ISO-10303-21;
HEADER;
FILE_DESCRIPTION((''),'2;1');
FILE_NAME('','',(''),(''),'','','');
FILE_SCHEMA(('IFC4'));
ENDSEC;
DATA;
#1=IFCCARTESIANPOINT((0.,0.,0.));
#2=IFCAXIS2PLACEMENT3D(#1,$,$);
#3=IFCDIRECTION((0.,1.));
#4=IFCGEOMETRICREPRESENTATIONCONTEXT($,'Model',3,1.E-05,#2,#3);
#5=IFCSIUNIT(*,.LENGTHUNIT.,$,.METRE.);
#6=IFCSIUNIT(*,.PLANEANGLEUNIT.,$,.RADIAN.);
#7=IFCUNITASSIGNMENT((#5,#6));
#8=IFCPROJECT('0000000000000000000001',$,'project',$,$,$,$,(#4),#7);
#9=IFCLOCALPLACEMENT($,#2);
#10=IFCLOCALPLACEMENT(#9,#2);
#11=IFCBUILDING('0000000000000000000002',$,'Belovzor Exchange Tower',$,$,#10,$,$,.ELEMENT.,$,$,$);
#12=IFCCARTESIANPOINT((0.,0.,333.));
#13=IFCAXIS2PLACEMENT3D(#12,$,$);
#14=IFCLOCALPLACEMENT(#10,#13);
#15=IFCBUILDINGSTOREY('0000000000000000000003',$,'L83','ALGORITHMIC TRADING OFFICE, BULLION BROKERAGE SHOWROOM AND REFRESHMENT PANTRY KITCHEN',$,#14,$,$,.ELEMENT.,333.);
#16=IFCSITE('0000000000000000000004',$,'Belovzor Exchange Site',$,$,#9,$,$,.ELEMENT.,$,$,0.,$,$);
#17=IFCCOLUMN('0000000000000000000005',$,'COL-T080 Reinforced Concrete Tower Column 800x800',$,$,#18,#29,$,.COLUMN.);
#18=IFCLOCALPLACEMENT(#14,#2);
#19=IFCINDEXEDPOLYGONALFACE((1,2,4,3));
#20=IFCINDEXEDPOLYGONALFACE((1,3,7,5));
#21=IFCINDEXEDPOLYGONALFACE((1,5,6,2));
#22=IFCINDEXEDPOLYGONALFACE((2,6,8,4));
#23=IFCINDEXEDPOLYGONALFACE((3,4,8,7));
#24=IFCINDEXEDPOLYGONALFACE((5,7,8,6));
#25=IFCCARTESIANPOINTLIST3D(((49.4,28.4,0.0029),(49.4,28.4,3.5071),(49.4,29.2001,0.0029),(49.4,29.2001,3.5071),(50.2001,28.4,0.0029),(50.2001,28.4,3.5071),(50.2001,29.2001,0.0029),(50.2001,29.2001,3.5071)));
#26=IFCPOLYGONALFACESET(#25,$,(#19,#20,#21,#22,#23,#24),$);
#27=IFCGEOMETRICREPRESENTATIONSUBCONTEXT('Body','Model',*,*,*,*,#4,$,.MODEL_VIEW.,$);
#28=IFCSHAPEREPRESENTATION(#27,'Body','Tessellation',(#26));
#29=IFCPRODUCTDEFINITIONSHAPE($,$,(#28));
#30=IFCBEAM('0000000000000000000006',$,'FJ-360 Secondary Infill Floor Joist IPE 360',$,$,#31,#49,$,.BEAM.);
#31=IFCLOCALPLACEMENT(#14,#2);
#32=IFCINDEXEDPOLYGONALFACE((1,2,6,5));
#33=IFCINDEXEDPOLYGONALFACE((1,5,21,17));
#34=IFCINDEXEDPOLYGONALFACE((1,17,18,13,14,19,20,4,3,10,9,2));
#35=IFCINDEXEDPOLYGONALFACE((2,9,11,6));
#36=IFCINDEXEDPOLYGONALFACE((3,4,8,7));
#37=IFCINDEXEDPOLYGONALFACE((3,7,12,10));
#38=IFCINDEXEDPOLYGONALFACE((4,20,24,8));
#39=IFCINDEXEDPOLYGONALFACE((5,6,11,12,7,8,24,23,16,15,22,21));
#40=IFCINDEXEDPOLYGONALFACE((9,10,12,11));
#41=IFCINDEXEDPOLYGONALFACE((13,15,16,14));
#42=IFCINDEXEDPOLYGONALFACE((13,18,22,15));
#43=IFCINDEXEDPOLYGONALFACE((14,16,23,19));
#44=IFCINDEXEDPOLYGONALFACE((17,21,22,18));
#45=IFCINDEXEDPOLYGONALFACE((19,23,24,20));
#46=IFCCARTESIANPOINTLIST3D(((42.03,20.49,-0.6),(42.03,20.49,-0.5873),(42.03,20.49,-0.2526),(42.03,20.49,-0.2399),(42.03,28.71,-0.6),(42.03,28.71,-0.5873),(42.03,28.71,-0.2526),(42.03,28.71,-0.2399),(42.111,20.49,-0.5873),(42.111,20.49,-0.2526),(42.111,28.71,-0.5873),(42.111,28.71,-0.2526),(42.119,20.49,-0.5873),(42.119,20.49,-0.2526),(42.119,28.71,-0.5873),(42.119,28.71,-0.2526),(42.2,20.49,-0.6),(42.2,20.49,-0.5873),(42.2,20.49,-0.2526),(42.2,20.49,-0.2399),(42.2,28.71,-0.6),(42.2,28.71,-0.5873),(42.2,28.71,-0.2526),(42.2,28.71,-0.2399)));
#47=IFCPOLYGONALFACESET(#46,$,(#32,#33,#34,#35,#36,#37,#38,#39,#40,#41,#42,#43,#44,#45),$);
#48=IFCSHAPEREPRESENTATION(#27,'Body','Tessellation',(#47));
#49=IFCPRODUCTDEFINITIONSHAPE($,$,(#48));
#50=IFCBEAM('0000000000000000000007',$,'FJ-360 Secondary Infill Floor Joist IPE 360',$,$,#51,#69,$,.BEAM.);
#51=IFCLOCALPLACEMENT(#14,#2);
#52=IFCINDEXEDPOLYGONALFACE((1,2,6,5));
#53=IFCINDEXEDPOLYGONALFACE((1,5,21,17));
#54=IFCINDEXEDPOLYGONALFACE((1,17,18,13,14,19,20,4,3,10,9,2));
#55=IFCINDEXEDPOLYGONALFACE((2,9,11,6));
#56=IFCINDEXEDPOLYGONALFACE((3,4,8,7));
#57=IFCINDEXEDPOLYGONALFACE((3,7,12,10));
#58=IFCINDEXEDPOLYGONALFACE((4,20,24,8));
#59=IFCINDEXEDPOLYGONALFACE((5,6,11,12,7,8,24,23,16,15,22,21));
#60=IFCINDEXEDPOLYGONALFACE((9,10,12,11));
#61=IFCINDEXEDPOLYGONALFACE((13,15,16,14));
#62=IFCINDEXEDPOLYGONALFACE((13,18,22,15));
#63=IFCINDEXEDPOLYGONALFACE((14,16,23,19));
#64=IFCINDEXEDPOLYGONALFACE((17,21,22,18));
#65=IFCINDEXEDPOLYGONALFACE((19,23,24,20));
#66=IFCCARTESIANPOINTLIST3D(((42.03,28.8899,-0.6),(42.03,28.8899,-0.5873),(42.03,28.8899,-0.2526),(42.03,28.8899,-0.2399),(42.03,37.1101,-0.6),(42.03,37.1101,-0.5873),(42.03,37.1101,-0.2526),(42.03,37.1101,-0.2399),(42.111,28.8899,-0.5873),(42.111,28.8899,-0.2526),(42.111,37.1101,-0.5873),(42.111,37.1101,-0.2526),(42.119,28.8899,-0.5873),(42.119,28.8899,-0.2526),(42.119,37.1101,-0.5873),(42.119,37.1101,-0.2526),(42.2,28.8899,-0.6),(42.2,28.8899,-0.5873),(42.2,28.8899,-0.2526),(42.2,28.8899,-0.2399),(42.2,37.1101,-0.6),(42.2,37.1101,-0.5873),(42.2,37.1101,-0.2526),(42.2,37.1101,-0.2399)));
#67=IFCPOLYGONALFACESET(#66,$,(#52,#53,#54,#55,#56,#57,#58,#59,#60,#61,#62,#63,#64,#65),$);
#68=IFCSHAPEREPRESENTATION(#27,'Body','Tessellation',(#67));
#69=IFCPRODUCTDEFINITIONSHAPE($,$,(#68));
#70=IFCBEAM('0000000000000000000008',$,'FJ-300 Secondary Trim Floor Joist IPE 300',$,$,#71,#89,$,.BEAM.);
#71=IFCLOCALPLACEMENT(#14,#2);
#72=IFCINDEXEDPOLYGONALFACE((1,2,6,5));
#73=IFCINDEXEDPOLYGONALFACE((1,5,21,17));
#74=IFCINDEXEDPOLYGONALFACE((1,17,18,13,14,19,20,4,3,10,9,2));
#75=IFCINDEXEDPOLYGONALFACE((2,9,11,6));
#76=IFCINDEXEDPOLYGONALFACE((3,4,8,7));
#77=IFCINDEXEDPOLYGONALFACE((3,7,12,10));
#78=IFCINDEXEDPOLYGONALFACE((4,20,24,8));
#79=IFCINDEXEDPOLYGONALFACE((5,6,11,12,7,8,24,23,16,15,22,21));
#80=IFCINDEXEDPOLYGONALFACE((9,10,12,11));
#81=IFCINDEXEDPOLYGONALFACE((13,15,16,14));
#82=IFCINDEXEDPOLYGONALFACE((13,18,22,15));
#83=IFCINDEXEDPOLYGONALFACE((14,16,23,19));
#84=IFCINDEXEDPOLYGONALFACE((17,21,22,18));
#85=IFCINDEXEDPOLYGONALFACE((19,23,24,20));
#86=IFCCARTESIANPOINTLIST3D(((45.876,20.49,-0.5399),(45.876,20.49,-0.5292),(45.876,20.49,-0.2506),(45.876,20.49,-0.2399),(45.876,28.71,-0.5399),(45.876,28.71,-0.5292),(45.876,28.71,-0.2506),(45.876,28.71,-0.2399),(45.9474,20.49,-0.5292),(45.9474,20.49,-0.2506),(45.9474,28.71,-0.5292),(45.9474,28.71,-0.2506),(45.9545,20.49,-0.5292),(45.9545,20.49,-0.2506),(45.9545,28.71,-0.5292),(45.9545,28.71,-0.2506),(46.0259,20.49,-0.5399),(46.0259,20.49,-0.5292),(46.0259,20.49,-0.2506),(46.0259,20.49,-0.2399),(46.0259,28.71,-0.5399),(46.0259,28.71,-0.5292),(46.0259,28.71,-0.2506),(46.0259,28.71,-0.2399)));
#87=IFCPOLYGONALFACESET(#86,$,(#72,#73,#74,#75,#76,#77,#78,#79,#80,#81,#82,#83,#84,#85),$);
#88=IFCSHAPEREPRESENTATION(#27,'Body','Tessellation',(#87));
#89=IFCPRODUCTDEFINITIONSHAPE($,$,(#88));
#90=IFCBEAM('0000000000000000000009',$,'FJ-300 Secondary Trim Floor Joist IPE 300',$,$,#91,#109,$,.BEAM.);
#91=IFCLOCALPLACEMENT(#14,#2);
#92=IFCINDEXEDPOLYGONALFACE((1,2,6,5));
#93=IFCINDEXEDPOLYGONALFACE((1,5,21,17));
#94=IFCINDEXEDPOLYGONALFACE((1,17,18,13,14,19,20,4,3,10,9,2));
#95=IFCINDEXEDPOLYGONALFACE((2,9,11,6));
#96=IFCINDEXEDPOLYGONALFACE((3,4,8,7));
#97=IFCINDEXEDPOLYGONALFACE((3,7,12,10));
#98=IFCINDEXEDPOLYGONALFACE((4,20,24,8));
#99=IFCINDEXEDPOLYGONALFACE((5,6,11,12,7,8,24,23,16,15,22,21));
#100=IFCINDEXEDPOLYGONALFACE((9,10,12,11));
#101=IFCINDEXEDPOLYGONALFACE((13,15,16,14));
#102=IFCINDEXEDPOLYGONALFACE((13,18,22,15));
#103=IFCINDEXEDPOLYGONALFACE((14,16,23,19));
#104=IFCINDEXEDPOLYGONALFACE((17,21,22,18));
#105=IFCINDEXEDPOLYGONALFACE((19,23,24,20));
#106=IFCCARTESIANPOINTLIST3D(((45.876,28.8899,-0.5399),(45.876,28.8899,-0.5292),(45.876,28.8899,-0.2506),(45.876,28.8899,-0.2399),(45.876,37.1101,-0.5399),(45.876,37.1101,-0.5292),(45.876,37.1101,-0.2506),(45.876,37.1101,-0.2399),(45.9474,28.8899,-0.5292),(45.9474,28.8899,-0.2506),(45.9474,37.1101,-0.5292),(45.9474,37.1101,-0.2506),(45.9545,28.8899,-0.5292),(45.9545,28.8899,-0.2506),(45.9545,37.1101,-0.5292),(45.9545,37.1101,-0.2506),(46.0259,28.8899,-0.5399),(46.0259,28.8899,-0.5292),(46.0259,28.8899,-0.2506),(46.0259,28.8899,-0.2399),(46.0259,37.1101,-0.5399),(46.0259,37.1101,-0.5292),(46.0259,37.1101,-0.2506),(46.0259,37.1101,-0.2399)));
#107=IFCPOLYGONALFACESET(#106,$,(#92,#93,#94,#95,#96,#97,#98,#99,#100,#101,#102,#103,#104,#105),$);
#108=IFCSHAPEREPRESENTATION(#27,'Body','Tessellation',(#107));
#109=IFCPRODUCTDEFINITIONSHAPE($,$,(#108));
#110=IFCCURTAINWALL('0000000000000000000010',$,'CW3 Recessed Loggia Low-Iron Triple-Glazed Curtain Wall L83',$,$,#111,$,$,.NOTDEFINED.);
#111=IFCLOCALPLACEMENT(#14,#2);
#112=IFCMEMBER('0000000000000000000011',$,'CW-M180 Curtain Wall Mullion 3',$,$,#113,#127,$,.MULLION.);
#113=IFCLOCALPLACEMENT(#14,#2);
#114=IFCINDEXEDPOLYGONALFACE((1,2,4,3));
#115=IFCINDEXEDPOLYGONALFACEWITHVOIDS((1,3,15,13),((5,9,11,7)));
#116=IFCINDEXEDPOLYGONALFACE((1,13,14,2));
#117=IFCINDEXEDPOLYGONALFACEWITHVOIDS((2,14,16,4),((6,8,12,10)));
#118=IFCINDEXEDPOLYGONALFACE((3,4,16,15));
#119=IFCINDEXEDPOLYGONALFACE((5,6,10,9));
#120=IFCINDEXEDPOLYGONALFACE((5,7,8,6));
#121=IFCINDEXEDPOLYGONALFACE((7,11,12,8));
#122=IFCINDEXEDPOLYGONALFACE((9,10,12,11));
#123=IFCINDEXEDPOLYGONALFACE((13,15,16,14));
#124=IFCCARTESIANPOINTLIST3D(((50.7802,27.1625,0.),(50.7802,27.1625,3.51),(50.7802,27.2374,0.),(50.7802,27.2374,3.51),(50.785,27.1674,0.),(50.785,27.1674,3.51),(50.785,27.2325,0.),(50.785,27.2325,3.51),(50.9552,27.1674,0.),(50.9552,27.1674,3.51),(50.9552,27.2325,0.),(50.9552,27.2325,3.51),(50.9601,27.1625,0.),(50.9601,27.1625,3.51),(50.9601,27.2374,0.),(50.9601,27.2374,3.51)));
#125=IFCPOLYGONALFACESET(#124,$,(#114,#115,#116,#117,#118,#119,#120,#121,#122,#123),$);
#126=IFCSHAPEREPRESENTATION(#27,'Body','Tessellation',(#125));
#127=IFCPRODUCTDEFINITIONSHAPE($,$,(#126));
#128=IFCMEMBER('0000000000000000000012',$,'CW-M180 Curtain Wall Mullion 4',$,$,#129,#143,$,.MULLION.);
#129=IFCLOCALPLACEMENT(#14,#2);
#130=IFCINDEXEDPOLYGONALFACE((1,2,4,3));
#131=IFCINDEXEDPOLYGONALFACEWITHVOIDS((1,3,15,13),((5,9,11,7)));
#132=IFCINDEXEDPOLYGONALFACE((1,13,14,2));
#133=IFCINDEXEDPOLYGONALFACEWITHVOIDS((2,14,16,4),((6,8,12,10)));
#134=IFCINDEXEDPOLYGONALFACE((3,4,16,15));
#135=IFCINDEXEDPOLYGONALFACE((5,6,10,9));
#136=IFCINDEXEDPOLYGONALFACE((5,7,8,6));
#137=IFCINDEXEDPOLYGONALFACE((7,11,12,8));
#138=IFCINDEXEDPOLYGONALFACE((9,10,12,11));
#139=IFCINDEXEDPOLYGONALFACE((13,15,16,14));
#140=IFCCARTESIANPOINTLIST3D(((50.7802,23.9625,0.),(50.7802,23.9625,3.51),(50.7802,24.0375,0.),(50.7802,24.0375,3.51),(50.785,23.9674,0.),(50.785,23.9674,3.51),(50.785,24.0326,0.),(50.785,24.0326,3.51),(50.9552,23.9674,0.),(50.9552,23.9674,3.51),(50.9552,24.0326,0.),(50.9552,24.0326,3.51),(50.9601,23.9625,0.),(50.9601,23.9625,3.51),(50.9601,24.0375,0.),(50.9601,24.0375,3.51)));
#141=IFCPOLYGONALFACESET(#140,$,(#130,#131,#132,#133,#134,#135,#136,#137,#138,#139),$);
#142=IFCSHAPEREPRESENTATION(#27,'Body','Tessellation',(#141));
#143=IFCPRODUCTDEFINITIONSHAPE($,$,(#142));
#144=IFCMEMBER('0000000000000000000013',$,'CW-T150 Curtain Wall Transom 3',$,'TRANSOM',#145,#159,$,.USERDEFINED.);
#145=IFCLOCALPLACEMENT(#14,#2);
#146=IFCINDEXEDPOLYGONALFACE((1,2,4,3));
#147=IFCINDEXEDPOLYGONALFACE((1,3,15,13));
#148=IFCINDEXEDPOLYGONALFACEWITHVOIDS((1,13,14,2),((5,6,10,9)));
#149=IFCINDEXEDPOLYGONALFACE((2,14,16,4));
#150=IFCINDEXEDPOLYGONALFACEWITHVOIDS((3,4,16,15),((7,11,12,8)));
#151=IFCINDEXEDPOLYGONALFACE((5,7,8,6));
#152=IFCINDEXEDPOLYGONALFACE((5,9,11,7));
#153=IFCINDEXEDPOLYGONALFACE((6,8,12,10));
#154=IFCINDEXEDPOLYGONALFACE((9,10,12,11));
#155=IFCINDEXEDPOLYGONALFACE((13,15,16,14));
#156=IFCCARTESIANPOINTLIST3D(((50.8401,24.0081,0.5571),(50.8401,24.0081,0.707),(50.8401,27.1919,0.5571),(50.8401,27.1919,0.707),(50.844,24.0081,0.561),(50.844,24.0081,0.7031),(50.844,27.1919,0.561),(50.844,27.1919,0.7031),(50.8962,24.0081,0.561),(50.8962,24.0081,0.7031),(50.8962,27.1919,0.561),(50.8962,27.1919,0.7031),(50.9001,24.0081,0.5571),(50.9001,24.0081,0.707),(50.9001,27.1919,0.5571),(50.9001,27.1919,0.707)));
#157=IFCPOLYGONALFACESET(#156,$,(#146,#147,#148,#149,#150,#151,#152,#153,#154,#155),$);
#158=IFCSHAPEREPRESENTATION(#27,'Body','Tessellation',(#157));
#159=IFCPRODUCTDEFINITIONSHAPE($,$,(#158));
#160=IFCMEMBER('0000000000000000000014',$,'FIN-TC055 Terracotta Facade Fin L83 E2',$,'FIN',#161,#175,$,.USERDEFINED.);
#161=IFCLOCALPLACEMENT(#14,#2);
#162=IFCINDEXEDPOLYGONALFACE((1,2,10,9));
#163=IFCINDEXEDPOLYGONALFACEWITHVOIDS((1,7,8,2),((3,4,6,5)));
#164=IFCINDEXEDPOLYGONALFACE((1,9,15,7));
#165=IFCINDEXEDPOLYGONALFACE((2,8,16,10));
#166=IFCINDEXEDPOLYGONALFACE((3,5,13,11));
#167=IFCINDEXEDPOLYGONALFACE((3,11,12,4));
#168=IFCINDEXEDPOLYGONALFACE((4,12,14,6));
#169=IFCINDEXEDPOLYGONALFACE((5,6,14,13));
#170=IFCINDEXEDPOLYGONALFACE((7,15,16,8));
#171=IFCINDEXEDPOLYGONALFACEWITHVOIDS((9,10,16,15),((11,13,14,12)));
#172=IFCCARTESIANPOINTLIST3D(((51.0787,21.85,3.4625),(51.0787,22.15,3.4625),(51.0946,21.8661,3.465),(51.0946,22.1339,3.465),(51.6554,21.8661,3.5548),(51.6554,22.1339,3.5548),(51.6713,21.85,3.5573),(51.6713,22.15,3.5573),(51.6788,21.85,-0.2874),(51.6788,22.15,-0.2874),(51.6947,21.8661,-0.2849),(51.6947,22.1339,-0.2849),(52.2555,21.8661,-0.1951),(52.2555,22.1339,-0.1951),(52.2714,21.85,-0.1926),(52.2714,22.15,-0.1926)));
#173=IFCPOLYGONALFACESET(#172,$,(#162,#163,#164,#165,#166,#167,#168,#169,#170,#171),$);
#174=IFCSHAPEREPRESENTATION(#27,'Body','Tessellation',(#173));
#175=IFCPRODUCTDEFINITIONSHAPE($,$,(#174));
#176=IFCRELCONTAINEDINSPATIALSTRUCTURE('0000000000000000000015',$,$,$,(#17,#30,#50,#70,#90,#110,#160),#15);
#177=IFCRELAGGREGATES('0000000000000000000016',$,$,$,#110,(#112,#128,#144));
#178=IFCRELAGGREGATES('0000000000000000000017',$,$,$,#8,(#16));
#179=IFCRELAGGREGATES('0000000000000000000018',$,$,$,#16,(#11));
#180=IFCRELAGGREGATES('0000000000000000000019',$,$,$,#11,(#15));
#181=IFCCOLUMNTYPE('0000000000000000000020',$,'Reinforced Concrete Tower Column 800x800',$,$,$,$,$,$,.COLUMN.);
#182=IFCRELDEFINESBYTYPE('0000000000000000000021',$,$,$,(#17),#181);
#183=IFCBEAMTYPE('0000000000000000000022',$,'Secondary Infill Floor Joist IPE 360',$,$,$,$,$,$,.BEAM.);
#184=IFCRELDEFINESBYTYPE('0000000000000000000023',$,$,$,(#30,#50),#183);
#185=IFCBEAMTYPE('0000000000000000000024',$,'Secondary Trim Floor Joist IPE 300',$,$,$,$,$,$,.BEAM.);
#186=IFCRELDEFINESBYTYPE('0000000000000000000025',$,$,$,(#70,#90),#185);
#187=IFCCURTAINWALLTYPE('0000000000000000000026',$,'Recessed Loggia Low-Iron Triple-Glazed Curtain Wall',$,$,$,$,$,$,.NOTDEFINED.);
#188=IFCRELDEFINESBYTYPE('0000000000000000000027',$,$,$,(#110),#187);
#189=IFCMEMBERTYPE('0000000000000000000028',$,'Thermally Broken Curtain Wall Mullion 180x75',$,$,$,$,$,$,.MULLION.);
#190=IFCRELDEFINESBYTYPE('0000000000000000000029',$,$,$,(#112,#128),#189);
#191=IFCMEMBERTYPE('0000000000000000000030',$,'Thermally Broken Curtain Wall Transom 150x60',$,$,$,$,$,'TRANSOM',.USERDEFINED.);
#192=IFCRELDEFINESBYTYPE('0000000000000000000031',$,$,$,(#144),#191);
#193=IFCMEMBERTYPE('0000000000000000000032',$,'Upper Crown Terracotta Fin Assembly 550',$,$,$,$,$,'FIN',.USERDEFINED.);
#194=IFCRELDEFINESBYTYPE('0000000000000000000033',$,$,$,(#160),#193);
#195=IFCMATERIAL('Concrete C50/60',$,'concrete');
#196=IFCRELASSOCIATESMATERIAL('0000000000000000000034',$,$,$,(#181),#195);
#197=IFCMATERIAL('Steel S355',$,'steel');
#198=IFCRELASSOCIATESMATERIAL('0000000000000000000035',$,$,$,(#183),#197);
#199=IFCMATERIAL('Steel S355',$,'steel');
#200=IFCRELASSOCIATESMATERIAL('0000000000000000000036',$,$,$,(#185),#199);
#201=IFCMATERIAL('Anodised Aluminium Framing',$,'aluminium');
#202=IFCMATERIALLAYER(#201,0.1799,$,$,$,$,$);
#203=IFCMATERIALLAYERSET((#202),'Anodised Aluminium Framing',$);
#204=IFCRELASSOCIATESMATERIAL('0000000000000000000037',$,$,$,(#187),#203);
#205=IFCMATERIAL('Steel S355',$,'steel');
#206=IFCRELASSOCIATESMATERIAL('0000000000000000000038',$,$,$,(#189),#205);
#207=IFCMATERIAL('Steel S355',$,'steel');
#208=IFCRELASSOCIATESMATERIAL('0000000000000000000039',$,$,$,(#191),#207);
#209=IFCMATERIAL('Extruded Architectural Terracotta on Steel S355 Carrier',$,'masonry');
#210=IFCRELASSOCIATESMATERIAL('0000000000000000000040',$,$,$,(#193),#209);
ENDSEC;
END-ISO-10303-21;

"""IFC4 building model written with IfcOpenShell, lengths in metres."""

from ifc_helpers import new_model, si_unit, direction, frame, origin, origin_2d, place, context, subcontext, project, spatial, rectangle, hollow_rectangle, i_section, extrude, material, layer, layer_set, material_profile, profile_set, type_object, element, aggregate, save


model = new_model("IFC4")

# Units and contexts
model_context = context("Model", 3, precision=1e-05, world=origin(), true_north=direction((0.0, 1.0)))
body_context = subcontext(model_context, "Body", "Model", "MODEL_VIEW")
ifc_project = project(units=[si_unit("LENGTHUNIT", "METRE"), si_unit("PLANEANGLEUNIT", "RADIAN")], contexts=[model_context])

# Site, building, storey
site_placement = place(None, origin())
site = spatial("IfcSite", under=ifc_project, at=site_placement, Name="Belovzor Exchange Site", CompositionType="ELEMENT", RefElevation=0.0)
building_placement = place(site_placement, origin())
building = spatial("IfcBuilding", under=site, at=building_placement, Name="Belovzor Exchange Tower", CompositionType="ELEMENT")
storey_placement = place(building_placement, frame((0.0, 0.0, 333.0)))
storey = spatial("IfcBuildingStorey", under=building, at=storey_placement, Name="L83", Description="ALGORITHMIC TRADING OFFICE, BULLION BROKERAGE SHOWROOM AND REFRESHMENT PANTRY KITCHEN", CompositionType="ELEMENT", Elevation=333.0)

# Column
ifc_material_1 = material(Name="Concrete C50/60", Category="concrete")
ifc_material_profile_1 = material_profile(ifc_material_1, rectangle(XDim=0.8, YDim=0.8, at=origin_2d()))
ifc_profile_set_1 = profile_set([ifc_material_profile_1], Name="Concrete C50/60")
column_type = type_object("IfcColumnType", Name="Reinforced Concrete Tower Column 800x800", PredefinedType="COLUMN", material=ifc_profile_set_1)
column_placement = place(storey_placement, frame((49.8, 28.8, 0.0029), z_axis=(0.0, 0.0, 1.0), x_axis=(1.0, 0.0, 0.0)))
element("IfcColumn", 1, at=column_placement, inside=storey, type_object=column_type, Name="COL-T080 Reinforced Concrete Tower Column 800x800", PredefinedType="COLUMN", context=body_context, shape_type="SweptSolid", body=[
    extrude(rectangle(XDim=0.8, YDim=0.8, at=origin_2d()), origin(), (0.0, 0.0, 1.0), 3.5042),
])

# Beams
ifc_material_2 = material(Name="Steel S355", Category="steel")
ifc_material_profile_2 = material_profile(ifc_material_2, i_section(OverallWidth=0.1699, OverallDepth=0.3601, WebThickness=0.0081, FlangeThickness=0.0127, at=origin_2d()))
ifc_profile_set_2 = profile_set([ifc_material_profile_2], Name="Steel S355")
beam_type_1 = type_object("IfcBeamType", Name="Secondary Infill Floor Joist IPE 360", PredefinedType="BEAM", material=ifc_profile_set_2)
beam_1_placement = place(storey_placement, frame((42.115, 20.49, -0.4199), z_axis=(0.0, 1.0, 0.0), x_axis=(-1.0, 0.0, 0.0)))
element("IfcBeam", 2, at=beam_1_placement, inside=storey, type_object=beam_type_1, Name="FJ-360 Secondary Infill Floor Joist IPE 360", PredefinedType="BEAM", context=body_context, shape_type="SweptSolid", body=[
    extrude(i_section(OverallWidth=0.1699, OverallDepth=0.3601, WebThickness=0.0081, FlangeThickness=0.0127, at=origin_2d()), origin(), (0.0, 0.0, 1.0), 8.22),
])
beam_2_placement = place(storey_placement, frame((42.115, 28.8899, -0.4199), z_axis=(0.0, 1.0, 0.0), x_axis=(-1.0, 0.0, 0.0)))
element("IfcBeam", 3, at=beam_2_placement, inside=storey, type_object=beam_type_1, Name="FJ-360 Secondary Infill Floor Joist IPE 360", PredefinedType="BEAM", context=body_context, shape_type="SweptSolid", body=[
    extrude(i_section(OverallWidth=0.1699, OverallDepth=0.3601, WebThickness=0.0081, FlangeThickness=0.0127, at=origin_2d()), origin(), (0.0, 0.0, 1.0), 8.2202),
])
ifc_material_3 = material(Name="Steel S355", Category="steel")
ifc_material_profile_3 = material_profile(ifc_material_3, i_section(OverallWidth=0.1499, OverallDepth=0.3, WebThickness=0.0071, FlangeThickness=0.0107, at=origin_2d()))
ifc_profile_set_3 = profile_set([ifc_material_profile_3], Name="Steel S355")
beam_type_2 = type_object("IfcBeamType", Name="Secondary Trim Floor Joist IPE 300", PredefinedType="BEAM", material=ifc_profile_set_3)
beam_3_placement = place(storey_placement, frame((45.9509, 20.49, -0.3899), z_axis=(0.0, 1.0, 0.0), x_axis=(-1.0, 0.0, 0.0)))
element("IfcBeam", 4, at=beam_3_placement, inside=storey, type_object=beam_type_2, Name="FJ-300 Secondary Trim Floor Joist IPE 300", PredefinedType="BEAM", context=body_context, shape_type="SweptSolid", body=[
    extrude(i_section(OverallWidth=0.1499, OverallDepth=0.3, WebThickness=0.0071, FlangeThickness=0.0107, at=origin_2d()), origin(), (0.0, 0.0, 1.0), 8.22),
])
beam_4_placement = place(storey_placement, frame((45.9509, 28.8899, -0.3899), z_axis=(0.0, 1.0, 0.0), x_axis=(-1.0, 0.0, 0.0)))
element("IfcBeam", 5, at=beam_4_placement, inside=storey, type_object=beam_type_2, Name="FJ-300 Secondary Trim Floor Joist IPE 300", PredefinedType="BEAM", context=body_context, shape_type="SweptSolid", body=[
    extrude(i_section(OverallWidth=0.1499, OverallDepth=0.3, WebThickness=0.0071, FlangeThickness=0.0107, at=origin_2d()), origin(), (0.0, 0.0, 1.0), 8.2202),
])

# Curtain wall, members
ifc_material_4 = material(Name="Anodised Aluminium Framing", Category="aluminium")
ifc_layer_1 = layer(ifc_material_4, 0.1799)
ifc_layer_set_1 = layer_set([ifc_layer_1], Name="Anodised Aluminium Framing")
curtain_wall_type = type_object("IfcCurtainWallType", Name="Recessed Loggia Low-Iron Triple-Glazed Curtain Wall", PredefinedType="NOTDEFINED", material=ifc_layer_set_1)
curtain_wall_placement = place(storey_placement, origin())
curtain_wall = element("IfcCurtainWall", 6, at=curtain_wall_placement, inside=storey, type_object=curtain_wall_type, Name="CW3 Recessed Loggia Low-Iron Triple-Glazed Curtain Wall L83", PredefinedType="NOTDEFINED")
ifc_material_5 = material(Name="Steel S355", Category="steel")
ifc_material_profile_4 = material_profile(ifc_material_5, hollow_rectangle(XDim=0.075, YDim=0.1799, WallThickness=0.0049, at=origin_2d()))
ifc_profile_set_4 = profile_set([ifc_material_profile_4], Name="Steel S355")
member_type_1 = type_object("IfcMemberType", Name="Thermally Broken Curtain Wall Mullion 180x75", PredefinedType="MULLION", material=ifc_profile_set_4)
member_1_placement = place(storey_placement, frame((50.8701, 27.2, 0.0), z_axis=(0.0, 0.0, 1.0), x_axis=(0.0, -1.0, 0.0)))
member_1 = element("IfcMember", 7, at=member_1_placement, type_object=member_type_1, Name="CW-M180 Curtain Wall Mullion 3", PredefinedType="MULLION", context=body_context, shape_type="SweptSolid", body=[
    extrude(hollow_rectangle(XDim=0.075, YDim=0.1799, WallThickness=0.0049, at=origin_2d()), origin(), (0.0, 0.0, 1.0), 3.51),
])
member_2_placement = place(storey_placement, frame((50.8701, 24.0, 0.0), z_axis=(0.0, 0.0, 1.0), x_axis=(0.0, -1.0, 0.0)))
member_2 = element("IfcMember", 8, at=member_2_placement, type_object=member_type_1, Name="CW-M180 Curtain Wall Mullion 4", PredefinedType="MULLION", context=body_context, shape_type="SweptSolid", body=[
    extrude(hollow_rectangle(XDim=0.075, YDim=0.1799, WallThickness=0.0049, at=origin_2d()), origin(), (0.0, 0.0, 1.0), 3.51),
])
ifc_material_6 = material(Name="Steel S355", Category="steel")
ifc_material_profile_5 = material_profile(ifc_material_6, hollow_rectangle(XDim=0.0601, YDim=0.1499, WallThickness=0.0039, at=origin_2d()))
ifc_profile_set_5 = profile_set([ifc_material_profile_5], Name="Steel S355")
member_type_2 = type_object("IfcMemberType", Name="Thermally Broken Curtain Wall Transom 150x60", ElementType="TRANSOM", PredefinedType="USERDEFINED", material=ifc_profile_set_5)
member_3_placement = place(storey_placement, frame((50.8701, 27.1919, 0.6321), z_axis=(0.0, -1.0, 0.0), x_axis=(1.0, 0.0, 0.0)))
member_3 = element("IfcMember", 9, at=member_3_placement, type_object=member_type_2, Name="CW-T150 Curtain Wall Transom 3", ObjectType="TRANSOM", PredefinedType="USERDEFINED", context=body_context, shape_type="SweptSolid", body=[
    extrude(hollow_rectangle(XDim=0.0601, YDim=0.1499, WallThickness=0.0039, at=origin_2d()), origin(), (0.0, 0.0, 1.0), 3.1838),
])

# Member
ifc_material_7 = material(Name="Extruded Architectural Terracotta on Steel S355 Carrier", Category="masonry")
ifc_material_profile_6 = material_profile(ifc_material_7, hollow_rectangle(XDim=0.3, YDim=0.6001, WallThickness=0.0161, at=origin_2d()))
ifc_profile_set_6 = profile_set([ifc_material_profile_6], Name="Extruded Architectural Terracotta on Steel S355 Carrier")
member_type_3 = type_object("IfcMemberType", Name="Upper Crown Terracotta Fin Assembly 550", ElementType="FIN", PredefinedType="USERDEFINED", material=ifc_profile_set_6)
member_4_placement = place(storey_placement, frame((51.9751, 22.0, -0.24), z_axis=(-0.158016, 0.0, 0.987437), x_axis=(0.0, -1.0, 0.0)))
element("IfcMember", 10, at=member_4_placement, inside=storey, type_object=member_type_3, Name="FIN-TC055 Terracotta Facade Fin L83 E2", ObjectType="FIN", PredefinedType="USERDEFINED", context=body_context, shape_type="SweptSolid", body=[
    extrude(hollow_rectangle(XDim=0.3, YDim=0.6001, WallThickness=0.0161, at=origin_2d()), origin(), (0.0, 0.0, 1.0), 3.7976),
])

aggregate(curtain_wall, [member_1, member_2, member_3])

save(model, "model.ifc")
